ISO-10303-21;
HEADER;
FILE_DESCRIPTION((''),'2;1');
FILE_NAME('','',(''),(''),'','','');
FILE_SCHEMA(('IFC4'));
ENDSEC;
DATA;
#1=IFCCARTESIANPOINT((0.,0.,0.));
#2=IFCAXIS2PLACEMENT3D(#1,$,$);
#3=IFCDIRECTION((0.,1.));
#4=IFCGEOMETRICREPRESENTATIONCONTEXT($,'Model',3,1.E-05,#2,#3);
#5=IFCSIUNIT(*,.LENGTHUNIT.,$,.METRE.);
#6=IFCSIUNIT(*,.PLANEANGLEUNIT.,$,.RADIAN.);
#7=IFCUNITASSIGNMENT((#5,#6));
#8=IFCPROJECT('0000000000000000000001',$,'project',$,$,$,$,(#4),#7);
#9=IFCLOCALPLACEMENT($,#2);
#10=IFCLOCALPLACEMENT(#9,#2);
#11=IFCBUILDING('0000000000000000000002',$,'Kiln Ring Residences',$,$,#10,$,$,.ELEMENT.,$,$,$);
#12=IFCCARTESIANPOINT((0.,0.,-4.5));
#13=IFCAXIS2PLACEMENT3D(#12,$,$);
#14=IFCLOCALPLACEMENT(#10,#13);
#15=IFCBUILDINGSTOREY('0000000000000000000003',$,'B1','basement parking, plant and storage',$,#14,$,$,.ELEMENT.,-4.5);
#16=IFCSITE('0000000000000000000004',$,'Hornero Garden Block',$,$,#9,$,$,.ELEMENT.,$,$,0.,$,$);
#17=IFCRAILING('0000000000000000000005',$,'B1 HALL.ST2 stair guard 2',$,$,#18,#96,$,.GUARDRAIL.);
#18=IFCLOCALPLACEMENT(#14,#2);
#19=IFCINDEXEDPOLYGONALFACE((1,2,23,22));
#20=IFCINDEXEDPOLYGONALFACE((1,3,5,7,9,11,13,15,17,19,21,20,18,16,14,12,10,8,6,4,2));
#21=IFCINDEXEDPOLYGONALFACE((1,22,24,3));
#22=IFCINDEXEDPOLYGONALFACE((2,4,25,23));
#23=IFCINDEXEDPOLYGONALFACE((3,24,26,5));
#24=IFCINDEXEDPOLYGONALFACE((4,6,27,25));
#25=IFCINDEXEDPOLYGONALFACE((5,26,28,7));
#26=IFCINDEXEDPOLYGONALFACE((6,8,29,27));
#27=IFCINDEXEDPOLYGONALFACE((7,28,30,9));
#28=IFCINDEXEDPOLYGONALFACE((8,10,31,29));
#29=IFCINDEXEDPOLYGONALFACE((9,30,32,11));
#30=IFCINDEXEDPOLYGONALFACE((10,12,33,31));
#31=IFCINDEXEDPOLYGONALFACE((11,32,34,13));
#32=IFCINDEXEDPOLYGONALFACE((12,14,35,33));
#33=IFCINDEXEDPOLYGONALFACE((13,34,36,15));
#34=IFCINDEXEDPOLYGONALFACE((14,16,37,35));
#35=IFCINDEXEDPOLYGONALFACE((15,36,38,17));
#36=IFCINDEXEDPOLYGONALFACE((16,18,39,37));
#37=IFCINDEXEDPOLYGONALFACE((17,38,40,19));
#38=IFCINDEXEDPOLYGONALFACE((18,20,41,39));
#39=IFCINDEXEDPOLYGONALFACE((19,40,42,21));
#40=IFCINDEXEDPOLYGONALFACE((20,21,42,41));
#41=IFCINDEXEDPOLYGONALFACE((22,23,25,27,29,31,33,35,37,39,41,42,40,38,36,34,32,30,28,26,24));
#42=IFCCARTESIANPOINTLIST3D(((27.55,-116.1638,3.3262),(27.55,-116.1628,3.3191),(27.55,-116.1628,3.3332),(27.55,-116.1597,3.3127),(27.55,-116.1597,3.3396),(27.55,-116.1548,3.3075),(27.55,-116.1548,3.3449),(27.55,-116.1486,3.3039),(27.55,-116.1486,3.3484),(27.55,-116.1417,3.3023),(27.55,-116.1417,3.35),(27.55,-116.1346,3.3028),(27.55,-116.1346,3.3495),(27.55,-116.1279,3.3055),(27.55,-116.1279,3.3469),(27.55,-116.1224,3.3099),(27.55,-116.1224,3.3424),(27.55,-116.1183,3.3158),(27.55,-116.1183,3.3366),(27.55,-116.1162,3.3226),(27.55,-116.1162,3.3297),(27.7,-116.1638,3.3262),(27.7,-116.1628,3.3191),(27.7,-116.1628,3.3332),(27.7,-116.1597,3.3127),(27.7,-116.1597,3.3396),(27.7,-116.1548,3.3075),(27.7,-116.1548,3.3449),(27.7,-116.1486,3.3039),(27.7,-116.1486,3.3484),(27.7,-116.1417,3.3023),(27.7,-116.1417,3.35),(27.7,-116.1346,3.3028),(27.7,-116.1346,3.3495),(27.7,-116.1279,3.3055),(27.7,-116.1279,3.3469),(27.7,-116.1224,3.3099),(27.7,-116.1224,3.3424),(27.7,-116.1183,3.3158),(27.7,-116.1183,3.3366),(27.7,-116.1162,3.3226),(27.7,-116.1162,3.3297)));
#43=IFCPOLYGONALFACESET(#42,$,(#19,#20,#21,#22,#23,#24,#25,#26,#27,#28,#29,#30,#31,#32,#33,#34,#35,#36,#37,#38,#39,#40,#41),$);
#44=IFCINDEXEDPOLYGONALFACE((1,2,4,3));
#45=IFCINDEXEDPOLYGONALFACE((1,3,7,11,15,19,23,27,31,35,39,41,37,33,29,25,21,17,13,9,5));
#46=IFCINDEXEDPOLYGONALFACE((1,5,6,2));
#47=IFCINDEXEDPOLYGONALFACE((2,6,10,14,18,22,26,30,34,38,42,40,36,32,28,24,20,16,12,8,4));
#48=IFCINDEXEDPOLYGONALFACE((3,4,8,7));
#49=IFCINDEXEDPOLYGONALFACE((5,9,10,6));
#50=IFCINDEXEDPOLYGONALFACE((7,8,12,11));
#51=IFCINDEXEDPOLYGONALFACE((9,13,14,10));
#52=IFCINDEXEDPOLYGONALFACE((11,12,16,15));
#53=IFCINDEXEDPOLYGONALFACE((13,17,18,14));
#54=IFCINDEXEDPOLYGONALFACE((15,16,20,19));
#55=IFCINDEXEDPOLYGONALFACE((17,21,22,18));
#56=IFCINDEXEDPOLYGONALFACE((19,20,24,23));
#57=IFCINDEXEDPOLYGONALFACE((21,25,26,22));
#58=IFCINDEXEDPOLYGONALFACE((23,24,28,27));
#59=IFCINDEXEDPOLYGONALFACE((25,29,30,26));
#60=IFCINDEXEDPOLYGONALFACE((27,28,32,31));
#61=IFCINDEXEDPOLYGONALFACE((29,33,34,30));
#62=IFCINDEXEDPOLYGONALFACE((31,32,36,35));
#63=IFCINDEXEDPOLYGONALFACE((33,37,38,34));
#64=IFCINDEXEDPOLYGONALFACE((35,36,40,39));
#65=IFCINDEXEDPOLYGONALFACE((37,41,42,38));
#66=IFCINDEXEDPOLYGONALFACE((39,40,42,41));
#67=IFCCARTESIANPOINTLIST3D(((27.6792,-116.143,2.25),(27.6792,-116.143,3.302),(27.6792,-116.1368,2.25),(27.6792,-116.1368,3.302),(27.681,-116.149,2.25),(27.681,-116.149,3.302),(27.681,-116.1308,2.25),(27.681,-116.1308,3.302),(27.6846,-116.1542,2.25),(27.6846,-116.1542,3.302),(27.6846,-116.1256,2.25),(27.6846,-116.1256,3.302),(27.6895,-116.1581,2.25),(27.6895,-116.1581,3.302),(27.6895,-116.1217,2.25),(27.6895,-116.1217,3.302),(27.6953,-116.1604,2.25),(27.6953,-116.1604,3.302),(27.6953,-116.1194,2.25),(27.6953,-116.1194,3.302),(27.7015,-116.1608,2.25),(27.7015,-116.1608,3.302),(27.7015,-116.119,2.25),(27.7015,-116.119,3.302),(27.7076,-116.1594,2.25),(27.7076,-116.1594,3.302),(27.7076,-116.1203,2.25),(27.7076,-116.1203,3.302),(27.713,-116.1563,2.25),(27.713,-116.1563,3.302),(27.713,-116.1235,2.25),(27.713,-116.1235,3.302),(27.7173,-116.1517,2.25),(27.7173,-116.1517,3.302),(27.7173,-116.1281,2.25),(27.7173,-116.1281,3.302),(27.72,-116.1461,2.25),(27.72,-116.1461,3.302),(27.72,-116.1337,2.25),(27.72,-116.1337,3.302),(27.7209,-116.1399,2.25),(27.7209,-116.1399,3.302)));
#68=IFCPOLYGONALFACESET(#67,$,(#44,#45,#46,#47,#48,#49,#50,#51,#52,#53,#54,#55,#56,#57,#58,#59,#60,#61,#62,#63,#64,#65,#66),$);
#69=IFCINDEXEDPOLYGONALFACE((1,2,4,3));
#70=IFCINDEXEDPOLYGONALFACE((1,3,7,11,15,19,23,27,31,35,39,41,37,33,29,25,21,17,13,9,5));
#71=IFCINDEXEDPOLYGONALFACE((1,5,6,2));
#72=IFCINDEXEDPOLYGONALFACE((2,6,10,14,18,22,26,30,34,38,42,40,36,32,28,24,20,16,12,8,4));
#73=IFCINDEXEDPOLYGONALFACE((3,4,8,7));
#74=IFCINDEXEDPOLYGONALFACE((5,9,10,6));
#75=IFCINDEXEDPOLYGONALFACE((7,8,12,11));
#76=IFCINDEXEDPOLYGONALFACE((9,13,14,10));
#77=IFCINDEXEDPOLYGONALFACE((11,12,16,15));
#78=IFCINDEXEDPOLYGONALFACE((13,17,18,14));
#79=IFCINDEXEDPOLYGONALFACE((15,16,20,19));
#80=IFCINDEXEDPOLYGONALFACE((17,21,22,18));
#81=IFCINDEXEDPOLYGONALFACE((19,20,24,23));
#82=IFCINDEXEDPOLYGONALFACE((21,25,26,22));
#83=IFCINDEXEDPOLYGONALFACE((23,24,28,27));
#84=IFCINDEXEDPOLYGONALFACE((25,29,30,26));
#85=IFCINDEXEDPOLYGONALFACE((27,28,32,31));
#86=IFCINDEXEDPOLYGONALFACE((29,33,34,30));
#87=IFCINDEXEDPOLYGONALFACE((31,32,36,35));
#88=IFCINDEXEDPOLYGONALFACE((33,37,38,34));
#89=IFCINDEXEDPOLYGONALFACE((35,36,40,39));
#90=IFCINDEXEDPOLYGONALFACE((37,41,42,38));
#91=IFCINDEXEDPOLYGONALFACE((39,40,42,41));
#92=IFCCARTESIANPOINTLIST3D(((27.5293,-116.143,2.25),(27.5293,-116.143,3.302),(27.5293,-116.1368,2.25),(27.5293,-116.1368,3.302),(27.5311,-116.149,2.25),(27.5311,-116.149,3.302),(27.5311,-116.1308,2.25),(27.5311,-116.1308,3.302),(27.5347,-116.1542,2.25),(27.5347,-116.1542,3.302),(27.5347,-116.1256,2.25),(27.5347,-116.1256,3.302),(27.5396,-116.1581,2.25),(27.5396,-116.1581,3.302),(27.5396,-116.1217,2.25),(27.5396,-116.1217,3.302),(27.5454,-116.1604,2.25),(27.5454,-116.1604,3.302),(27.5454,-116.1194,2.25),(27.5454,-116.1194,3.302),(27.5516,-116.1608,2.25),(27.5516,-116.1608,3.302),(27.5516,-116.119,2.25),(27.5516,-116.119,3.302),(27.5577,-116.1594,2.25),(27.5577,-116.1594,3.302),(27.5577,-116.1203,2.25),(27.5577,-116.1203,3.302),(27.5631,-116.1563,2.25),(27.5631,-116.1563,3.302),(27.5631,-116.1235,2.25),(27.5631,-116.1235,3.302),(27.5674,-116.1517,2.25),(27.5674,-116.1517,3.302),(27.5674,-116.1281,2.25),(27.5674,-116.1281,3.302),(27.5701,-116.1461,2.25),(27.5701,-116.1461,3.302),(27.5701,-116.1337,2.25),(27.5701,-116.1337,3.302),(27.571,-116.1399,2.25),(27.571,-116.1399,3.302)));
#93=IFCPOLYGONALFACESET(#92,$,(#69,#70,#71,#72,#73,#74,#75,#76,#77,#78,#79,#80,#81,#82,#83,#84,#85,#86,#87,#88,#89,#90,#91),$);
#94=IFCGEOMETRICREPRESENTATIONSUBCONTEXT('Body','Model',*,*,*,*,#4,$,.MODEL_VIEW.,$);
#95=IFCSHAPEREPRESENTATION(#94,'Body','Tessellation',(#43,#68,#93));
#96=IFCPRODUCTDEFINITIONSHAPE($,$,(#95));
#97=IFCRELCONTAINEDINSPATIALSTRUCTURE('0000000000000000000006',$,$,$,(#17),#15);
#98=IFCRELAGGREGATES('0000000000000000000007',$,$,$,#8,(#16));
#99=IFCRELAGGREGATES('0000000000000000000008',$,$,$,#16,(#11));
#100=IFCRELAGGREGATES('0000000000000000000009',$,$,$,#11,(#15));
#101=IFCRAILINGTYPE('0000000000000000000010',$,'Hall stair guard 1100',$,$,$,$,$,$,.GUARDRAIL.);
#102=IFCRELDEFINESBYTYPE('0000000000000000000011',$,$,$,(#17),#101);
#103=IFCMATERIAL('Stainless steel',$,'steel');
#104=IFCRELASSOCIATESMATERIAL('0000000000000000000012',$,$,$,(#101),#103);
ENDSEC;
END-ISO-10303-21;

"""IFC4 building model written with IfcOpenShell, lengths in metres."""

from ifc_helpers import new_model, si_unit, direction, frame, origin, origin_2d, place, context, subcontext, project, spatial, circle, extrude, material, type_object, element, save


model = new_model("IFC4")

# Units and contexts
model_context = context("Model", 3, precision=1e-05, world=origin(), true_north=direction((0.0, 1.0)))
body_context = subcontext(model_context, "Body", "Model", "MODEL_VIEW")
ifc_project = project(units=[si_unit("LENGTHUNIT", "METRE"), si_unit("PLANEANGLEUNIT", "RADIAN")], contexts=[model_context])

# Site, building, storey
site_placement = place(None, origin())
site = spatial("IfcSite", under=ifc_project, at=site_placement, Name="Hornero Garden Block", CompositionType="ELEMENT", RefElevation=0.0)
building_placement = place(site_placement, origin())
building = spatial("IfcBuilding", under=site, at=building_placement, Name="Kiln Ring Residences", CompositionType="ELEMENT")
storey_placement = place(building_placement, frame((0.0, 0.0, -4.5)))
storey = spatial("IfcBuildingStorey", under=building, at=storey_placement, Name="B1", Description="basement parking, plant and storage", CompositionType="ELEMENT", Elevation=-4.5)

# Railing
ifc_material_1 = material(Name="Stainless steel", Category="steel")
railing_type_1 = type_object("IfcRailingType", Name="Hall stair guard 1100", PredefinedType="GUARDRAIL", material=ifc_material_1)
railing_1_placement = place(storey_placement, frame((27.7, -116.1399, 2.25)))
element("IfcRailing", 1, at=railing_1_placement, inside=storey, type_object=railing_type_1, Name="B1 HALL.ST2 stair guard 2", PredefinedType="GUARDRAIL", context=body_context, shape_type="SweptSolid", body=[
    extrude(circle(Radius=0.0239, at=origin_2d()), frame((0.0, 0.0, 1.0762), z_axis=(-1.0, 0.0, 0.0), x_axis=(0.0, -1.0, 0.0)), (0.0, 0.0, 1.0), 0.1499),
    extrude(circle(Radius=0.021, at=origin_2d()), origin(), (0.0, 0.0, 1.0), 1.052),
    extrude(circle(Radius=0.021, at=origin_2d()), frame((-0.1499, 0.0, 0.0)), (0.0, 0.0, 1.0), 1.052),
])

save(model, "model.ifc")
